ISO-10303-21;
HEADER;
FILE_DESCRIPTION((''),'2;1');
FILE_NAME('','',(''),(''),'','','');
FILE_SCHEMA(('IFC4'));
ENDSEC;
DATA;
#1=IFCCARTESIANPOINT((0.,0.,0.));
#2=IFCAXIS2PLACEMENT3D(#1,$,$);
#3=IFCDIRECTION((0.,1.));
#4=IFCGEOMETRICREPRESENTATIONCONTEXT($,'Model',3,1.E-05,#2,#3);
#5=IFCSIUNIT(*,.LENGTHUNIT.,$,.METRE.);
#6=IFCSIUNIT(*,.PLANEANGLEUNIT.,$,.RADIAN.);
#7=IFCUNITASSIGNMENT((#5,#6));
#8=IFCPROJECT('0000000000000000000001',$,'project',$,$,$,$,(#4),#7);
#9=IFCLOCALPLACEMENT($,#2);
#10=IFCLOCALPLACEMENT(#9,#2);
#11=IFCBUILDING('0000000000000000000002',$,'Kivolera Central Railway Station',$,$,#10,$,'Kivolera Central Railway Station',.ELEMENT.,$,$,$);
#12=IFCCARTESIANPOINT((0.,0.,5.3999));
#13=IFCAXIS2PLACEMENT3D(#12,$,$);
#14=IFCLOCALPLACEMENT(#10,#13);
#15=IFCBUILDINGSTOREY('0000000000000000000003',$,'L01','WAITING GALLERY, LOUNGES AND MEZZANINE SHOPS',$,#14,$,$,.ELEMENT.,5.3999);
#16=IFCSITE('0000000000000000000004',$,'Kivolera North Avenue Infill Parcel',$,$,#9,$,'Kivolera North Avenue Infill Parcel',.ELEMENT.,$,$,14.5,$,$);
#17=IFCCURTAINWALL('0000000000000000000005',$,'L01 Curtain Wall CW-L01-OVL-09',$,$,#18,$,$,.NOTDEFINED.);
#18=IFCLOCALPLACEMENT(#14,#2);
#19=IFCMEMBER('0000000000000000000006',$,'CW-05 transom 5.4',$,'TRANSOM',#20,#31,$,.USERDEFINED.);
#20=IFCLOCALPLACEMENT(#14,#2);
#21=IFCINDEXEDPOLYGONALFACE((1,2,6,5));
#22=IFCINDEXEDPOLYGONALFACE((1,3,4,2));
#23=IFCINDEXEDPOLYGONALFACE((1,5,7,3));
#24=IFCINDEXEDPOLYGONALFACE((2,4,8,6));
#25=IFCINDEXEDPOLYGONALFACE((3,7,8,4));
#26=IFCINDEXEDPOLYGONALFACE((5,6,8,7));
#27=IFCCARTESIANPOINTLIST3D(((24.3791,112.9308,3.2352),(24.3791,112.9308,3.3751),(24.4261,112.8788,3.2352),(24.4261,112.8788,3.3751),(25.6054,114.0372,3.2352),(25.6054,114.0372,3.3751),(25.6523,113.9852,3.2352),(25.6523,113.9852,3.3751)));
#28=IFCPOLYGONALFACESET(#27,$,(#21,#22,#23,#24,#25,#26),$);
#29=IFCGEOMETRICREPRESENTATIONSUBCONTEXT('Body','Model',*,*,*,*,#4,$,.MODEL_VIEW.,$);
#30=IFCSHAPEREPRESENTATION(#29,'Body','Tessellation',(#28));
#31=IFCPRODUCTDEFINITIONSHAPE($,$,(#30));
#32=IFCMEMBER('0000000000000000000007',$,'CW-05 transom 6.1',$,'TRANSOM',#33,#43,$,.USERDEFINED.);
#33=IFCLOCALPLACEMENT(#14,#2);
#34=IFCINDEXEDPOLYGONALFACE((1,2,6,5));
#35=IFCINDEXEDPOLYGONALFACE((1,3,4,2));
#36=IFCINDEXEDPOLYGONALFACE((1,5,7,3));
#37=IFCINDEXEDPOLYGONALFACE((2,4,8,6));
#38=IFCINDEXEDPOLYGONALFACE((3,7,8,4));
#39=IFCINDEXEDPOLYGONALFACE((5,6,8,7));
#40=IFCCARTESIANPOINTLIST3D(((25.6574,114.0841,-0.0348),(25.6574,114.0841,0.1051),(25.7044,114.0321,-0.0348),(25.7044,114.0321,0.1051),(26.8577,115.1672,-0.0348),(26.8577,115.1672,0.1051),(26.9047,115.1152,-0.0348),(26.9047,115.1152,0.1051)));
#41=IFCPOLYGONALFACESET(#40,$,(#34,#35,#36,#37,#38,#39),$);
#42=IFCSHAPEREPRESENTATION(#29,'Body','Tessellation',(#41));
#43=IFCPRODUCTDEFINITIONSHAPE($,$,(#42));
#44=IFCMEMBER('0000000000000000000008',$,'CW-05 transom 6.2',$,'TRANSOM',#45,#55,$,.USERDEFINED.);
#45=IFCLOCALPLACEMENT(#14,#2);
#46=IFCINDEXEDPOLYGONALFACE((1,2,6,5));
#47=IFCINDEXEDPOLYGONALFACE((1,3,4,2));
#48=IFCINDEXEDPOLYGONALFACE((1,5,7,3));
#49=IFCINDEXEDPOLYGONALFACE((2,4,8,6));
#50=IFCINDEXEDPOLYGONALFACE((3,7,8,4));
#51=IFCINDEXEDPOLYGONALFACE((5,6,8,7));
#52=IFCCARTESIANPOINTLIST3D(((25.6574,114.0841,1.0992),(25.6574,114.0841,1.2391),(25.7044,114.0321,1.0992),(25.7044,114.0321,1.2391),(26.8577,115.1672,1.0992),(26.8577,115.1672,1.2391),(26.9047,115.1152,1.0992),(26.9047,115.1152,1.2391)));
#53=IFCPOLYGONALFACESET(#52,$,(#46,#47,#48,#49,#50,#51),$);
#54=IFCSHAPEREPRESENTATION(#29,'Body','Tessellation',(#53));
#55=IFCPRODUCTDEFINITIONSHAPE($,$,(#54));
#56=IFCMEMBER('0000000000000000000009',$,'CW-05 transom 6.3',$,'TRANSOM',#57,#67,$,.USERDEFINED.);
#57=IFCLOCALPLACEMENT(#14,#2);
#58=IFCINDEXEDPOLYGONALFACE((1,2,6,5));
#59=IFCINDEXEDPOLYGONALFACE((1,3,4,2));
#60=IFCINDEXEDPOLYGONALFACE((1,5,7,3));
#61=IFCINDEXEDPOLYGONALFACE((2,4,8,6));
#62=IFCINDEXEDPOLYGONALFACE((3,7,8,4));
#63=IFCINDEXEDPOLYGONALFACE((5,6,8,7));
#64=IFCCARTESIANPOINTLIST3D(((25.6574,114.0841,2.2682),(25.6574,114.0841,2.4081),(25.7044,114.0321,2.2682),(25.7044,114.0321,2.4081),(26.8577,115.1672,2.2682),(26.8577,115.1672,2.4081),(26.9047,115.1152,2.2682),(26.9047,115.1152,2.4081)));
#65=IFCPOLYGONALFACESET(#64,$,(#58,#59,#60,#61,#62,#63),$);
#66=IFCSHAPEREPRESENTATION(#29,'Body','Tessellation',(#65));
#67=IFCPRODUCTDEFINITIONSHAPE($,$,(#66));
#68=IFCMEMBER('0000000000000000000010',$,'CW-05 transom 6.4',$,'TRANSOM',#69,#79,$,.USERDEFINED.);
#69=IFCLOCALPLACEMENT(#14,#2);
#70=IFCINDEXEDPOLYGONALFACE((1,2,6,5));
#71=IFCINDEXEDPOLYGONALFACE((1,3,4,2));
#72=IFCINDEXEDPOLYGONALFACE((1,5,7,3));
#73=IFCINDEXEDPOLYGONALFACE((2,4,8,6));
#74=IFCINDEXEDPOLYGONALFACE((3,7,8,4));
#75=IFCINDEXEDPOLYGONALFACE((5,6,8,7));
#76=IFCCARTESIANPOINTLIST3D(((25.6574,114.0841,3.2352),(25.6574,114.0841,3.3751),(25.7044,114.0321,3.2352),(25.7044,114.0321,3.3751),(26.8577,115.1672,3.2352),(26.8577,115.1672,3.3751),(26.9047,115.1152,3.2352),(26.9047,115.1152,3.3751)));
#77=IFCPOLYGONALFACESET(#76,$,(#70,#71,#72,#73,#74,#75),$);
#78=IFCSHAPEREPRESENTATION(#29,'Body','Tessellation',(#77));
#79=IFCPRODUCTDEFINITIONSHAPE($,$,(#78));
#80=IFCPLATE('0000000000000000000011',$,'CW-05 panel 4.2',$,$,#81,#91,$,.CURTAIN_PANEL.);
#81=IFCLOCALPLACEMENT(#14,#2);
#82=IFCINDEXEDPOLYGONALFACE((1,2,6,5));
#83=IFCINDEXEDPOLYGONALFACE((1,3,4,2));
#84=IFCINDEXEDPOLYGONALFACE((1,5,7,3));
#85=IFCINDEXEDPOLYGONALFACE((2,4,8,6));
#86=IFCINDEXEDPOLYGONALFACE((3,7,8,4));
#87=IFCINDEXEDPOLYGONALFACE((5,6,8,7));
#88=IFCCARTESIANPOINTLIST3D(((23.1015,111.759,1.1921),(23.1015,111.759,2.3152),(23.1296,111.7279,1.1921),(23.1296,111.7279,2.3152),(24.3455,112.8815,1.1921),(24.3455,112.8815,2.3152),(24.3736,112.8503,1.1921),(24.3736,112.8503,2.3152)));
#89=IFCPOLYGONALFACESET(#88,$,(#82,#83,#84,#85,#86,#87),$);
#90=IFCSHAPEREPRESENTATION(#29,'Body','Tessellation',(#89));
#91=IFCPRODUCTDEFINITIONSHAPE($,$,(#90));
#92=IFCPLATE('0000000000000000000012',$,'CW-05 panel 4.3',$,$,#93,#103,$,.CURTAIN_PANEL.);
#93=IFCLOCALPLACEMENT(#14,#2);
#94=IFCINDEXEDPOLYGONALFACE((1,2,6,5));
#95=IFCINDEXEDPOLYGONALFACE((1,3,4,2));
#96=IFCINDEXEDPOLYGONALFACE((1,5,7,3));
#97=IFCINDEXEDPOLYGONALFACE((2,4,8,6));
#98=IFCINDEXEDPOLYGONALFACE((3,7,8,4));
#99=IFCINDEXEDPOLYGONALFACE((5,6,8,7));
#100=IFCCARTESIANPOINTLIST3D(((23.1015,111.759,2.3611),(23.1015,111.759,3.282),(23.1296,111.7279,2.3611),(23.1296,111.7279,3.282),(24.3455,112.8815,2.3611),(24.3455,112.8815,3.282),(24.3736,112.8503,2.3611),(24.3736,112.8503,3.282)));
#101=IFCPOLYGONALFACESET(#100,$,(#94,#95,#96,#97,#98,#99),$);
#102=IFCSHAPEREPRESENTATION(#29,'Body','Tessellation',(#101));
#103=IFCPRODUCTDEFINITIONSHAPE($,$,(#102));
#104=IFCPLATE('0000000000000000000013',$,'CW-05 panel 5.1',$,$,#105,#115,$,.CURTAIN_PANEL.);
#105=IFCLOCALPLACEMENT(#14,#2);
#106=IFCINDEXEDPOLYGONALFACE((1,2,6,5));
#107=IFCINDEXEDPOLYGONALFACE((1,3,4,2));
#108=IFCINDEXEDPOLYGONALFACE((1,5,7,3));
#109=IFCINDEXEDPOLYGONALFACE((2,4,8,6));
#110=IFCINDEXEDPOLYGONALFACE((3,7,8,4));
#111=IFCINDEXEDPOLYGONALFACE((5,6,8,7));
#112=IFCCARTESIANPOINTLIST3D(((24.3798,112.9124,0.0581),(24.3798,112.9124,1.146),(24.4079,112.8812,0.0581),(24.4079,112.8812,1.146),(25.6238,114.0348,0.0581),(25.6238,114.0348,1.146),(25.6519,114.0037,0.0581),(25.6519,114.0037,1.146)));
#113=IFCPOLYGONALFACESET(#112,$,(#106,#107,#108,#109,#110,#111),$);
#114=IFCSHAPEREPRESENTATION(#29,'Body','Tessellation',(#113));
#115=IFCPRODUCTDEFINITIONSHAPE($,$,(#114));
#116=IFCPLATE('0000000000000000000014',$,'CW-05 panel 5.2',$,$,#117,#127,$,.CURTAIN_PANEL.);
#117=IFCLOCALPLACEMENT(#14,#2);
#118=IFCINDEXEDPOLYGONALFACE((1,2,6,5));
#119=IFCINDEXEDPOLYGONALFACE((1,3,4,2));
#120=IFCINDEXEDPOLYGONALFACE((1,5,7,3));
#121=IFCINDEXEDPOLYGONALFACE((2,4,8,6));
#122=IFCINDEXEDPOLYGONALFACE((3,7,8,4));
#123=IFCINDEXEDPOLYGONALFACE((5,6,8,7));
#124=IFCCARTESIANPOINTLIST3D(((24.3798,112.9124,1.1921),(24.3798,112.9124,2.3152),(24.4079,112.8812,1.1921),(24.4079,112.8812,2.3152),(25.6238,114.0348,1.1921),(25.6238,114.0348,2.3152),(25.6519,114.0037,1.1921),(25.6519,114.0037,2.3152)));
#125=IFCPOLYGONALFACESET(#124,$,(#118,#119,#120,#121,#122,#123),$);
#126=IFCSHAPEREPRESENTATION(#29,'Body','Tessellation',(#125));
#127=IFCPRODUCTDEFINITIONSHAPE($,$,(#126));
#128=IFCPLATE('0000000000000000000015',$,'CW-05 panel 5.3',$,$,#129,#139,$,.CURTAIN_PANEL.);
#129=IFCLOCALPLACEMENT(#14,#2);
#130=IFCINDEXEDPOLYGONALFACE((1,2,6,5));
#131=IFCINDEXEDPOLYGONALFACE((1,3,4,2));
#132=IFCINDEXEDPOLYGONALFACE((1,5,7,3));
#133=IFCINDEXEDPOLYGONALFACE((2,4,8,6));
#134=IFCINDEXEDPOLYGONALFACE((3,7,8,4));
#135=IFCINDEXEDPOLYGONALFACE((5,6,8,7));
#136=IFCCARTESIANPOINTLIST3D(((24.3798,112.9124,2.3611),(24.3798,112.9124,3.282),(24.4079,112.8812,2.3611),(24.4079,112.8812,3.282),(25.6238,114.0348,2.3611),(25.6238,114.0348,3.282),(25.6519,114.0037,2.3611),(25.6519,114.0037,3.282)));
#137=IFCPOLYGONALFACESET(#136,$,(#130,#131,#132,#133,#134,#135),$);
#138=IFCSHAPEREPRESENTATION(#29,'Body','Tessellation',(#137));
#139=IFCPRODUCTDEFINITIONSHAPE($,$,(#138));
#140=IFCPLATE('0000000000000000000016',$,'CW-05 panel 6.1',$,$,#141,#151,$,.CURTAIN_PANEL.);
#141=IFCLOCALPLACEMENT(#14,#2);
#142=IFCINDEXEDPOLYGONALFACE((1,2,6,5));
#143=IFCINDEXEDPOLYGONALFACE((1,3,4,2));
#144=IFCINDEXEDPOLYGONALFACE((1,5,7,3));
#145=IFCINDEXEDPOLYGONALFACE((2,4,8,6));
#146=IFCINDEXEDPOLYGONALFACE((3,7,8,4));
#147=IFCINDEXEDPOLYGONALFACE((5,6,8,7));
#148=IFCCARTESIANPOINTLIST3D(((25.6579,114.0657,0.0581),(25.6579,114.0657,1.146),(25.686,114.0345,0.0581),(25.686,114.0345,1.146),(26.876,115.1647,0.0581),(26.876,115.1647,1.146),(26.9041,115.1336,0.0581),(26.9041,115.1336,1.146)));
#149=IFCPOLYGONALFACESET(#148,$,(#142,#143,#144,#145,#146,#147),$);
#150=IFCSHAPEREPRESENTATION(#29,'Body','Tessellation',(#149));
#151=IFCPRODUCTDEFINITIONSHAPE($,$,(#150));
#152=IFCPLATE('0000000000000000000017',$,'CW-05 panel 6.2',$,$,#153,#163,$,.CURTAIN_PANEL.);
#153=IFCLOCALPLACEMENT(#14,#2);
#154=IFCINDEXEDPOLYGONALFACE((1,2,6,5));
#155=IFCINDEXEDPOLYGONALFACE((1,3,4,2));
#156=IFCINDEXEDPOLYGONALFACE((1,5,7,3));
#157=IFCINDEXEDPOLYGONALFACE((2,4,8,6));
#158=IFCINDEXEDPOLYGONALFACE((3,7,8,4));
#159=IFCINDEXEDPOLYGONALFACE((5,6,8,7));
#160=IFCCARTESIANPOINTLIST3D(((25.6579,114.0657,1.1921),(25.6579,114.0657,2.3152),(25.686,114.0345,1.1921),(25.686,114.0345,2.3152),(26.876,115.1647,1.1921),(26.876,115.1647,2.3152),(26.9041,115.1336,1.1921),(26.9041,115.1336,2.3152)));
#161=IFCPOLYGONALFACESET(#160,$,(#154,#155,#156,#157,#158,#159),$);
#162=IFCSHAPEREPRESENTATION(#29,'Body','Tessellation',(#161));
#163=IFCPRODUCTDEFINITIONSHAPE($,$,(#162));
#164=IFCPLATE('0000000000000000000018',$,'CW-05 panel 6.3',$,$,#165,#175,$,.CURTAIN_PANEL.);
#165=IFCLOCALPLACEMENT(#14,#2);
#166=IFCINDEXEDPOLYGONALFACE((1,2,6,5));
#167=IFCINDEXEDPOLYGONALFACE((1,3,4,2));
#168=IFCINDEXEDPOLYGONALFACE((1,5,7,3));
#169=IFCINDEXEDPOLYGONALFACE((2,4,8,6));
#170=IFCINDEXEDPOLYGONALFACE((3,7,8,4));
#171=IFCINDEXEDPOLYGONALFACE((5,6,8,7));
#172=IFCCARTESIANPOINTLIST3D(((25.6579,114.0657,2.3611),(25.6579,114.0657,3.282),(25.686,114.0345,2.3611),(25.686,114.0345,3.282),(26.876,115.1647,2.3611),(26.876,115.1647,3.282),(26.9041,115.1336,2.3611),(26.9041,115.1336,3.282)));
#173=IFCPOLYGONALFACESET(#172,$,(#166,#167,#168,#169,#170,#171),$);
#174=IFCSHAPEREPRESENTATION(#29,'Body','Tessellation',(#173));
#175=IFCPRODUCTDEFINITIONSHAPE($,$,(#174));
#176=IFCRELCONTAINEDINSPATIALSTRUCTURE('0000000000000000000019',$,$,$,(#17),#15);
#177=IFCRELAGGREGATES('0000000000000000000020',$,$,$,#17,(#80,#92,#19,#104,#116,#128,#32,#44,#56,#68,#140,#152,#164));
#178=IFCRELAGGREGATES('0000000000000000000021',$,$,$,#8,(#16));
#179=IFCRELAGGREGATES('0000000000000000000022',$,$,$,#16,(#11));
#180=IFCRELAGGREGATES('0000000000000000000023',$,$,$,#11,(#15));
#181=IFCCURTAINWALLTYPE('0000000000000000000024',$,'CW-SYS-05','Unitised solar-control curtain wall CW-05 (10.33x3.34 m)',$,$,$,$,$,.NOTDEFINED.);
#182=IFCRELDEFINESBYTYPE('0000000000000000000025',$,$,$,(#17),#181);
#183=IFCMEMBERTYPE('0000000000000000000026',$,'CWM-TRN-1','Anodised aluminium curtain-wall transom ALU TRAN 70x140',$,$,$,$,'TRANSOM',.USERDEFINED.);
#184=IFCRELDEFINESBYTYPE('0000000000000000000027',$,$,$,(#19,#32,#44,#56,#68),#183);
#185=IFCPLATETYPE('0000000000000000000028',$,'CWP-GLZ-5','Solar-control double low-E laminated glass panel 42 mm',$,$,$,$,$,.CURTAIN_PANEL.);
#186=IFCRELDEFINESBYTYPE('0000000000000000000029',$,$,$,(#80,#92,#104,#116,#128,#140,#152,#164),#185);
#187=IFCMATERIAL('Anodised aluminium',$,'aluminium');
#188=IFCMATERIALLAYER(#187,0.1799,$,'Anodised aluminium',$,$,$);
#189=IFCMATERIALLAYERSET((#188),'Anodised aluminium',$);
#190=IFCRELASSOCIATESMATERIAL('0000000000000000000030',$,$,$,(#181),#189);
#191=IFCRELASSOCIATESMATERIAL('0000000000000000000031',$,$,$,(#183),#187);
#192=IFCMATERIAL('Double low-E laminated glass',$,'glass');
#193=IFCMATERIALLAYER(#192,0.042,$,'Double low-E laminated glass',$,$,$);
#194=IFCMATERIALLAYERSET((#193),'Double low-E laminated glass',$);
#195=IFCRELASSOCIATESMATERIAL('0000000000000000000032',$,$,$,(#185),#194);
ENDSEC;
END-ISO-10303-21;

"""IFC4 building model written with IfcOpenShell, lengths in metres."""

from ifc_helpers import new_model, si_unit, direction, frame, origin, origin_2d, place, context, subcontext, project, spatial, rectangle, extrude, material, layer, layer_set, material_profile, profile_set, type_object, element, aggregate, save


model = new_model("IFC4")

# Units and contexts
model_context = context("Model", 3, precision=1e-05, world=origin(), true_north=direction((0.0, 1.0)))
body_context = subcontext(model_context, "Body", "Model", "MODEL_VIEW")
ifc_project = project(units=[si_unit("LENGTHUNIT", "METRE"), si_unit("PLANEANGLEUNIT", "RADIAN")], contexts=[model_context])

# Site, building, storey
site_placement = place(None, origin())
site = spatial("IfcSite", under=ifc_project, at=site_placement, Name="Kivolera North Avenue Infill Parcel", LongName="Kivolera North Avenue Infill Parcel", CompositionType="ELEMENT", RefElevation=14.5)
building_placement = place(site_placement, origin())
building = spatial("IfcBuilding", under=site, at=building_placement, Name="Kivolera Central Railway Station", LongName="Kivolera Central Railway Station", CompositionType="ELEMENT")
storey_placement = place(building_placement, frame((0.0, 0.0, 5.3999)))
storey = spatial("IfcBuildingStorey", under=building, at=storey_placement, Name="L01", Description="WAITING GALLERY, LOUNGES AND MEZZANINE SHOPS", CompositionType="ELEMENT", Elevation=5.3999)

# Shared definitions
ifc_material_1 = material(Name="Anodised aluminium", Category="aluminium")

# Curtain wall, members, plates
ifc_layer_1 = layer(ifc_material_1, 0.1799, Name="Anodised aluminium")
ifc_layer_set_1 = layer_set([ifc_layer_1], Name="Anodised aluminium")
curtain_wall_type_1 = type_object("IfcCurtainWallType", Name="CW-SYS-05", Description="Unitised solar-control curtain wall CW-05 (10.33x3.34 m)", PredefinedType="NOTDEFINED", material=ifc_layer_set_1)
curtain_wall_1_placement = place(storey_placement, origin())
curtain_wall_1 = element("IfcCurtainWall", 1, at=curtain_wall_1_placement, inside=storey, type_object=curtain_wall_type_1, Name="L01 Curtain Wall CW-L01-OVL-09", PredefinedType="NOTDEFINED")
ifc_material_profile_1 = material_profile(ifc_material_1, rectangle(XDim=0.0701, YDim=0.1399, at=origin_2d()), Name="ALU TRAN 70x140")
ifc_profile_set_1 = profile_set([ifc_material_profile_1], Name="Anodised aluminium")
member_type_1 = type_object("IfcMemberType", Name="CWM-TRN-1", Description="Anodised aluminium curtain-wall transom ALU TRAN 70x140", ElementType="TRANSOM", PredefinedType="USERDEFINED", material=ifc_profile_set_1)
member_1_placement = place(storey_placement, frame((24.4026, 112.9048, 3.3052), z_axis=(0.742463, 0.669887, 0.0), x_axis=(-0.669887, 0.742463, 0.0)))
member_1 = element("IfcMember", 2, at=member_1_placement, type_object=member_type_1, Name="CW-05 transom 5.4", ObjectType="TRANSOM", PredefinedType="USERDEFINED", context=body_context, shape_type="SweptSolid", body=[
    extrude(rectangle(XDim=0.0701, YDim=0.1399, at=origin_2d()), origin(), (0.0, 0.0, 1.0), 1.6516),
])
member_2_placement = place(storey_placement, frame((25.6809, 114.0581, 0.0352), z_axis=(0.742422, 0.669932, 0.0), x_axis=(-0.669932, 0.742422, 0.0)))
member_2 = element("IfcMember", 3, at=member_2_placement, type_object=member_type_1, Name="CW-05 transom 6.1", ObjectType="TRANSOM", PredefinedType="USERDEFINED", context=body_context, shape_type="SweptSolid", body=[
    extrude(rectangle(XDim=0.0701, YDim=0.1399, at=origin_2d()), origin(), (0.0, 0.0, 1.0), 1.6167),
])
member_3_placement = place(storey_placement, frame((25.6809, 114.0581, 1.1692), z_axis=(0.742422, 0.669932, 0.0), x_axis=(-0.669932, 0.742422, 0.0)))
member_3 = element("IfcMember", 4, at=member_3_placement, type_object=member_type_1, Name="CW-05 transom 6.2", ObjectType="TRANSOM", PredefinedType="USERDEFINED", context=body_context, shape_type="SweptSolid", body=[
    extrude(rectangle(XDim=0.0701, YDim=0.1399, at=origin_2d()), origin(), (0.0, 0.0, 1.0), 1.6167),
])
member_4_placement = place(storey_placement, frame((25.6809, 114.0581, 2.3381), z_axis=(0.742422, 0.669932, 0.0), x_axis=(-0.669932, 0.742422, 0.0)))
member_4 = element("IfcMember", 5, at=member_4_placement, type_object=member_type_1, Name="CW-05 transom 6.3", ObjectType="TRANSOM", PredefinedType="USERDEFINED", context=body_context, shape_type="SweptSolid", body=[
    extrude(rectangle(XDim=0.0701, YDim=0.1399, at=origin_2d()), origin(), (0.0, 0.0, 1.0), 1.6167),
])
member_5_placement = place(storey_placement, frame((25.6809, 114.0581, 3.3052), z_axis=(0.742422, 0.669932, 0.0), x_axis=(-0.669932, 0.742422, 0.0)))
member_5 = element("IfcMember", 6, at=member_5_placement, type_object=member_type_1, Name="CW-05 transom 6.4", ObjectType="TRANSOM", PredefinedType="USERDEFINED", context=body_context, shape_type="SweptSolid", body=[
    extrude(rectangle(XDim=0.0701, YDim=0.1399, at=origin_2d()), origin(), (0.0, 0.0, 1.0), 1.6167),
])
ifc_material_2 = material(Name="Double low-E laminated glass", Category="glass")
ifc_layer_2 = layer(ifc_material_2, 0.042, Name="Double low-E laminated glass")
ifc_layer_set_2 = layer_set([ifc_layer_2], Name="Double low-E laminated glass")
plate_type = type_object("IfcPlateType", Name="CWP-GLZ-5", Description="Solar-control double low-E laminated glass panel 42 mm", PredefinedType="CURTAIN_PANEL", material=ifc_layer_set_2)
plate_1_placement = place(storey_placement, frame((23.7375, 112.3047, 1.1921), z_axis=(0.0, 0.0, 1.0), x_axis=(0.742432, 0.669922, 0.0)))
plate_1 = element("IfcPlate", 7, at=plate_1_placement, type_object=plate_type, Name="CW-05 panel 4.2", PredefinedType="CURTAIN_PANEL", context=body_context, shape_type="SweptSolid", body=[
    extrude(rectangle(XDim=1.6755, YDim=0.042, at=origin_2d()), origin(), (0.0, 0.0, 1.0), 1.123),
])
plate_2_placement = place(storey_placement, frame((23.7375, 112.3047, 2.3611), z_axis=(0.0, 0.0, 1.0), x_axis=(0.742432, 0.669922, 0.0)))
plate_2 = element("IfcPlate", 8, at=plate_2_placement, type_object=plate_type, Name="CW-05 panel 4.3", PredefinedType="CURTAIN_PANEL", context=body_context, shape_type="SweptSolid", body=[
    extrude(rectangle(XDim=1.6755, YDim=0.042, at=origin_2d()), origin(), (0.0, 0.0, 1.0), 0.9209),
])
plate_3_placement = place(storey_placement, frame((25.0159, 113.458, 0.0581), z_axis=(0.0, 0.0, 1.0), x_axis=(0.742432, 0.669922, 0.0)))
plate_3 = element("IfcPlate", 9, at=plate_3_placement, type_object=plate_type, Name="CW-05 panel 5.1", PredefinedType="CURTAIN_PANEL", context=body_context, shape_type="SweptSolid", body=[
    extrude(rectangle(XDim=1.6755, YDim=0.042, at=origin_2d()), origin(), (0.0, 0.0, 1.0), 1.0879),
])
plate_4_placement = place(storey_placement, frame((25.0159, 113.458, 1.1921), z_axis=(0.0, 0.0, 1.0), x_axis=(0.742432, 0.669922, 0.0)))
plate_4 = element("IfcPlate", 10, at=plate_4_placement, type_object=plate_type, Name="CW-05 panel 5.2", PredefinedType="CURTAIN_PANEL", context=body_context, shape_type="SweptSolid", body=[
    extrude(rectangle(XDim=1.6755, YDim=0.042, at=origin_2d()), origin(), (0.0, 0.0, 1.0), 1.123),
])
plate_5_placement = place(storey_placement, frame((25.0159, 113.458, 2.3611), z_axis=(0.0, 0.0, 1.0), x_axis=(0.742432, 0.669922, 0.0)))
plate_5 = element("IfcPlate", 11, at=plate_5_placement, type_object=plate_type, Name="CW-05 panel 5.3", PredefinedType="CURTAIN_PANEL", context=body_context, shape_type="SweptSolid", body=[
    extrude(rectangle(XDim=1.6755, YDim=0.042, at=origin_2d()), origin(), (0.0, 0.0, 1.0), 0.9209),
])
plate_6_placement = place(storey_placement, frame((26.281, 114.5996, 0.0581), z_axis=(0.0, 0.0, 1.0), x_axis=(0.742432, 0.669922, 0.0)))
plate_6 = element("IfcPlate", 12, at=plate_6_placement, type_object=plate_type, Name="CW-05 panel 6.1", PredefinedType="CURTAIN_PANEL", context=body_context, shape_type="SweptSolid", body=[
    extrude(rectangle(XDim=1.6406, YDim=0.042, at=origin_2d()), origin(), (0.0, 0.0, 1.0), 1.0879),
])
plate_7_placement = place(storey_placement, frame((26.281, 114.5996, 1.1921), z_axis=(0.0, 0.0, 1.0), x_axis=(0.742432, 0.669922, 0.0)))
plate_7 = element("IfcPlate", 13, at=plate_7_placement, type_object=plate_type, Name="CW-05 panel 6.2", PredefinedType="CURTAIN_PANEL", context=body_context, shape_type="SweptSolid", body=[
    extrude(rectangle(XDim=1.6406, YDim=0.042, at=origin_2d()), origin(), (0.0, 0.0, 1.0), 1.123),
])
plate_8_placement = place(storey_placement, frame((26.281, 114.5996, 2.3611), z_axis=(0.0, 0.0, 1.0), x_axis=(0.742432, 0.669922, 0.0)))
plate_8 = element("IfcPlate", 14, at=plate_8_placement, type_object=plate_type, Name="CW-05 panel 6.3", PredefinedType="CURTAIN_PANEL", context=body_context, shape_type="SweptSolid", body=[
    extrude(rectangle(XDim=1.6406, YDim=0.042, at=origin_2d()), origin(), (0.0, 0.0, 1.0), 0.9209),
])
aggregate(curtain_wall_1, [plate_1, plate_2, member_1, plate_3, plate_4, plate_5, member_2, member_3, member_4, member_5, plate_6, plate_7, plate_8])

save(model, "model.ifc")
